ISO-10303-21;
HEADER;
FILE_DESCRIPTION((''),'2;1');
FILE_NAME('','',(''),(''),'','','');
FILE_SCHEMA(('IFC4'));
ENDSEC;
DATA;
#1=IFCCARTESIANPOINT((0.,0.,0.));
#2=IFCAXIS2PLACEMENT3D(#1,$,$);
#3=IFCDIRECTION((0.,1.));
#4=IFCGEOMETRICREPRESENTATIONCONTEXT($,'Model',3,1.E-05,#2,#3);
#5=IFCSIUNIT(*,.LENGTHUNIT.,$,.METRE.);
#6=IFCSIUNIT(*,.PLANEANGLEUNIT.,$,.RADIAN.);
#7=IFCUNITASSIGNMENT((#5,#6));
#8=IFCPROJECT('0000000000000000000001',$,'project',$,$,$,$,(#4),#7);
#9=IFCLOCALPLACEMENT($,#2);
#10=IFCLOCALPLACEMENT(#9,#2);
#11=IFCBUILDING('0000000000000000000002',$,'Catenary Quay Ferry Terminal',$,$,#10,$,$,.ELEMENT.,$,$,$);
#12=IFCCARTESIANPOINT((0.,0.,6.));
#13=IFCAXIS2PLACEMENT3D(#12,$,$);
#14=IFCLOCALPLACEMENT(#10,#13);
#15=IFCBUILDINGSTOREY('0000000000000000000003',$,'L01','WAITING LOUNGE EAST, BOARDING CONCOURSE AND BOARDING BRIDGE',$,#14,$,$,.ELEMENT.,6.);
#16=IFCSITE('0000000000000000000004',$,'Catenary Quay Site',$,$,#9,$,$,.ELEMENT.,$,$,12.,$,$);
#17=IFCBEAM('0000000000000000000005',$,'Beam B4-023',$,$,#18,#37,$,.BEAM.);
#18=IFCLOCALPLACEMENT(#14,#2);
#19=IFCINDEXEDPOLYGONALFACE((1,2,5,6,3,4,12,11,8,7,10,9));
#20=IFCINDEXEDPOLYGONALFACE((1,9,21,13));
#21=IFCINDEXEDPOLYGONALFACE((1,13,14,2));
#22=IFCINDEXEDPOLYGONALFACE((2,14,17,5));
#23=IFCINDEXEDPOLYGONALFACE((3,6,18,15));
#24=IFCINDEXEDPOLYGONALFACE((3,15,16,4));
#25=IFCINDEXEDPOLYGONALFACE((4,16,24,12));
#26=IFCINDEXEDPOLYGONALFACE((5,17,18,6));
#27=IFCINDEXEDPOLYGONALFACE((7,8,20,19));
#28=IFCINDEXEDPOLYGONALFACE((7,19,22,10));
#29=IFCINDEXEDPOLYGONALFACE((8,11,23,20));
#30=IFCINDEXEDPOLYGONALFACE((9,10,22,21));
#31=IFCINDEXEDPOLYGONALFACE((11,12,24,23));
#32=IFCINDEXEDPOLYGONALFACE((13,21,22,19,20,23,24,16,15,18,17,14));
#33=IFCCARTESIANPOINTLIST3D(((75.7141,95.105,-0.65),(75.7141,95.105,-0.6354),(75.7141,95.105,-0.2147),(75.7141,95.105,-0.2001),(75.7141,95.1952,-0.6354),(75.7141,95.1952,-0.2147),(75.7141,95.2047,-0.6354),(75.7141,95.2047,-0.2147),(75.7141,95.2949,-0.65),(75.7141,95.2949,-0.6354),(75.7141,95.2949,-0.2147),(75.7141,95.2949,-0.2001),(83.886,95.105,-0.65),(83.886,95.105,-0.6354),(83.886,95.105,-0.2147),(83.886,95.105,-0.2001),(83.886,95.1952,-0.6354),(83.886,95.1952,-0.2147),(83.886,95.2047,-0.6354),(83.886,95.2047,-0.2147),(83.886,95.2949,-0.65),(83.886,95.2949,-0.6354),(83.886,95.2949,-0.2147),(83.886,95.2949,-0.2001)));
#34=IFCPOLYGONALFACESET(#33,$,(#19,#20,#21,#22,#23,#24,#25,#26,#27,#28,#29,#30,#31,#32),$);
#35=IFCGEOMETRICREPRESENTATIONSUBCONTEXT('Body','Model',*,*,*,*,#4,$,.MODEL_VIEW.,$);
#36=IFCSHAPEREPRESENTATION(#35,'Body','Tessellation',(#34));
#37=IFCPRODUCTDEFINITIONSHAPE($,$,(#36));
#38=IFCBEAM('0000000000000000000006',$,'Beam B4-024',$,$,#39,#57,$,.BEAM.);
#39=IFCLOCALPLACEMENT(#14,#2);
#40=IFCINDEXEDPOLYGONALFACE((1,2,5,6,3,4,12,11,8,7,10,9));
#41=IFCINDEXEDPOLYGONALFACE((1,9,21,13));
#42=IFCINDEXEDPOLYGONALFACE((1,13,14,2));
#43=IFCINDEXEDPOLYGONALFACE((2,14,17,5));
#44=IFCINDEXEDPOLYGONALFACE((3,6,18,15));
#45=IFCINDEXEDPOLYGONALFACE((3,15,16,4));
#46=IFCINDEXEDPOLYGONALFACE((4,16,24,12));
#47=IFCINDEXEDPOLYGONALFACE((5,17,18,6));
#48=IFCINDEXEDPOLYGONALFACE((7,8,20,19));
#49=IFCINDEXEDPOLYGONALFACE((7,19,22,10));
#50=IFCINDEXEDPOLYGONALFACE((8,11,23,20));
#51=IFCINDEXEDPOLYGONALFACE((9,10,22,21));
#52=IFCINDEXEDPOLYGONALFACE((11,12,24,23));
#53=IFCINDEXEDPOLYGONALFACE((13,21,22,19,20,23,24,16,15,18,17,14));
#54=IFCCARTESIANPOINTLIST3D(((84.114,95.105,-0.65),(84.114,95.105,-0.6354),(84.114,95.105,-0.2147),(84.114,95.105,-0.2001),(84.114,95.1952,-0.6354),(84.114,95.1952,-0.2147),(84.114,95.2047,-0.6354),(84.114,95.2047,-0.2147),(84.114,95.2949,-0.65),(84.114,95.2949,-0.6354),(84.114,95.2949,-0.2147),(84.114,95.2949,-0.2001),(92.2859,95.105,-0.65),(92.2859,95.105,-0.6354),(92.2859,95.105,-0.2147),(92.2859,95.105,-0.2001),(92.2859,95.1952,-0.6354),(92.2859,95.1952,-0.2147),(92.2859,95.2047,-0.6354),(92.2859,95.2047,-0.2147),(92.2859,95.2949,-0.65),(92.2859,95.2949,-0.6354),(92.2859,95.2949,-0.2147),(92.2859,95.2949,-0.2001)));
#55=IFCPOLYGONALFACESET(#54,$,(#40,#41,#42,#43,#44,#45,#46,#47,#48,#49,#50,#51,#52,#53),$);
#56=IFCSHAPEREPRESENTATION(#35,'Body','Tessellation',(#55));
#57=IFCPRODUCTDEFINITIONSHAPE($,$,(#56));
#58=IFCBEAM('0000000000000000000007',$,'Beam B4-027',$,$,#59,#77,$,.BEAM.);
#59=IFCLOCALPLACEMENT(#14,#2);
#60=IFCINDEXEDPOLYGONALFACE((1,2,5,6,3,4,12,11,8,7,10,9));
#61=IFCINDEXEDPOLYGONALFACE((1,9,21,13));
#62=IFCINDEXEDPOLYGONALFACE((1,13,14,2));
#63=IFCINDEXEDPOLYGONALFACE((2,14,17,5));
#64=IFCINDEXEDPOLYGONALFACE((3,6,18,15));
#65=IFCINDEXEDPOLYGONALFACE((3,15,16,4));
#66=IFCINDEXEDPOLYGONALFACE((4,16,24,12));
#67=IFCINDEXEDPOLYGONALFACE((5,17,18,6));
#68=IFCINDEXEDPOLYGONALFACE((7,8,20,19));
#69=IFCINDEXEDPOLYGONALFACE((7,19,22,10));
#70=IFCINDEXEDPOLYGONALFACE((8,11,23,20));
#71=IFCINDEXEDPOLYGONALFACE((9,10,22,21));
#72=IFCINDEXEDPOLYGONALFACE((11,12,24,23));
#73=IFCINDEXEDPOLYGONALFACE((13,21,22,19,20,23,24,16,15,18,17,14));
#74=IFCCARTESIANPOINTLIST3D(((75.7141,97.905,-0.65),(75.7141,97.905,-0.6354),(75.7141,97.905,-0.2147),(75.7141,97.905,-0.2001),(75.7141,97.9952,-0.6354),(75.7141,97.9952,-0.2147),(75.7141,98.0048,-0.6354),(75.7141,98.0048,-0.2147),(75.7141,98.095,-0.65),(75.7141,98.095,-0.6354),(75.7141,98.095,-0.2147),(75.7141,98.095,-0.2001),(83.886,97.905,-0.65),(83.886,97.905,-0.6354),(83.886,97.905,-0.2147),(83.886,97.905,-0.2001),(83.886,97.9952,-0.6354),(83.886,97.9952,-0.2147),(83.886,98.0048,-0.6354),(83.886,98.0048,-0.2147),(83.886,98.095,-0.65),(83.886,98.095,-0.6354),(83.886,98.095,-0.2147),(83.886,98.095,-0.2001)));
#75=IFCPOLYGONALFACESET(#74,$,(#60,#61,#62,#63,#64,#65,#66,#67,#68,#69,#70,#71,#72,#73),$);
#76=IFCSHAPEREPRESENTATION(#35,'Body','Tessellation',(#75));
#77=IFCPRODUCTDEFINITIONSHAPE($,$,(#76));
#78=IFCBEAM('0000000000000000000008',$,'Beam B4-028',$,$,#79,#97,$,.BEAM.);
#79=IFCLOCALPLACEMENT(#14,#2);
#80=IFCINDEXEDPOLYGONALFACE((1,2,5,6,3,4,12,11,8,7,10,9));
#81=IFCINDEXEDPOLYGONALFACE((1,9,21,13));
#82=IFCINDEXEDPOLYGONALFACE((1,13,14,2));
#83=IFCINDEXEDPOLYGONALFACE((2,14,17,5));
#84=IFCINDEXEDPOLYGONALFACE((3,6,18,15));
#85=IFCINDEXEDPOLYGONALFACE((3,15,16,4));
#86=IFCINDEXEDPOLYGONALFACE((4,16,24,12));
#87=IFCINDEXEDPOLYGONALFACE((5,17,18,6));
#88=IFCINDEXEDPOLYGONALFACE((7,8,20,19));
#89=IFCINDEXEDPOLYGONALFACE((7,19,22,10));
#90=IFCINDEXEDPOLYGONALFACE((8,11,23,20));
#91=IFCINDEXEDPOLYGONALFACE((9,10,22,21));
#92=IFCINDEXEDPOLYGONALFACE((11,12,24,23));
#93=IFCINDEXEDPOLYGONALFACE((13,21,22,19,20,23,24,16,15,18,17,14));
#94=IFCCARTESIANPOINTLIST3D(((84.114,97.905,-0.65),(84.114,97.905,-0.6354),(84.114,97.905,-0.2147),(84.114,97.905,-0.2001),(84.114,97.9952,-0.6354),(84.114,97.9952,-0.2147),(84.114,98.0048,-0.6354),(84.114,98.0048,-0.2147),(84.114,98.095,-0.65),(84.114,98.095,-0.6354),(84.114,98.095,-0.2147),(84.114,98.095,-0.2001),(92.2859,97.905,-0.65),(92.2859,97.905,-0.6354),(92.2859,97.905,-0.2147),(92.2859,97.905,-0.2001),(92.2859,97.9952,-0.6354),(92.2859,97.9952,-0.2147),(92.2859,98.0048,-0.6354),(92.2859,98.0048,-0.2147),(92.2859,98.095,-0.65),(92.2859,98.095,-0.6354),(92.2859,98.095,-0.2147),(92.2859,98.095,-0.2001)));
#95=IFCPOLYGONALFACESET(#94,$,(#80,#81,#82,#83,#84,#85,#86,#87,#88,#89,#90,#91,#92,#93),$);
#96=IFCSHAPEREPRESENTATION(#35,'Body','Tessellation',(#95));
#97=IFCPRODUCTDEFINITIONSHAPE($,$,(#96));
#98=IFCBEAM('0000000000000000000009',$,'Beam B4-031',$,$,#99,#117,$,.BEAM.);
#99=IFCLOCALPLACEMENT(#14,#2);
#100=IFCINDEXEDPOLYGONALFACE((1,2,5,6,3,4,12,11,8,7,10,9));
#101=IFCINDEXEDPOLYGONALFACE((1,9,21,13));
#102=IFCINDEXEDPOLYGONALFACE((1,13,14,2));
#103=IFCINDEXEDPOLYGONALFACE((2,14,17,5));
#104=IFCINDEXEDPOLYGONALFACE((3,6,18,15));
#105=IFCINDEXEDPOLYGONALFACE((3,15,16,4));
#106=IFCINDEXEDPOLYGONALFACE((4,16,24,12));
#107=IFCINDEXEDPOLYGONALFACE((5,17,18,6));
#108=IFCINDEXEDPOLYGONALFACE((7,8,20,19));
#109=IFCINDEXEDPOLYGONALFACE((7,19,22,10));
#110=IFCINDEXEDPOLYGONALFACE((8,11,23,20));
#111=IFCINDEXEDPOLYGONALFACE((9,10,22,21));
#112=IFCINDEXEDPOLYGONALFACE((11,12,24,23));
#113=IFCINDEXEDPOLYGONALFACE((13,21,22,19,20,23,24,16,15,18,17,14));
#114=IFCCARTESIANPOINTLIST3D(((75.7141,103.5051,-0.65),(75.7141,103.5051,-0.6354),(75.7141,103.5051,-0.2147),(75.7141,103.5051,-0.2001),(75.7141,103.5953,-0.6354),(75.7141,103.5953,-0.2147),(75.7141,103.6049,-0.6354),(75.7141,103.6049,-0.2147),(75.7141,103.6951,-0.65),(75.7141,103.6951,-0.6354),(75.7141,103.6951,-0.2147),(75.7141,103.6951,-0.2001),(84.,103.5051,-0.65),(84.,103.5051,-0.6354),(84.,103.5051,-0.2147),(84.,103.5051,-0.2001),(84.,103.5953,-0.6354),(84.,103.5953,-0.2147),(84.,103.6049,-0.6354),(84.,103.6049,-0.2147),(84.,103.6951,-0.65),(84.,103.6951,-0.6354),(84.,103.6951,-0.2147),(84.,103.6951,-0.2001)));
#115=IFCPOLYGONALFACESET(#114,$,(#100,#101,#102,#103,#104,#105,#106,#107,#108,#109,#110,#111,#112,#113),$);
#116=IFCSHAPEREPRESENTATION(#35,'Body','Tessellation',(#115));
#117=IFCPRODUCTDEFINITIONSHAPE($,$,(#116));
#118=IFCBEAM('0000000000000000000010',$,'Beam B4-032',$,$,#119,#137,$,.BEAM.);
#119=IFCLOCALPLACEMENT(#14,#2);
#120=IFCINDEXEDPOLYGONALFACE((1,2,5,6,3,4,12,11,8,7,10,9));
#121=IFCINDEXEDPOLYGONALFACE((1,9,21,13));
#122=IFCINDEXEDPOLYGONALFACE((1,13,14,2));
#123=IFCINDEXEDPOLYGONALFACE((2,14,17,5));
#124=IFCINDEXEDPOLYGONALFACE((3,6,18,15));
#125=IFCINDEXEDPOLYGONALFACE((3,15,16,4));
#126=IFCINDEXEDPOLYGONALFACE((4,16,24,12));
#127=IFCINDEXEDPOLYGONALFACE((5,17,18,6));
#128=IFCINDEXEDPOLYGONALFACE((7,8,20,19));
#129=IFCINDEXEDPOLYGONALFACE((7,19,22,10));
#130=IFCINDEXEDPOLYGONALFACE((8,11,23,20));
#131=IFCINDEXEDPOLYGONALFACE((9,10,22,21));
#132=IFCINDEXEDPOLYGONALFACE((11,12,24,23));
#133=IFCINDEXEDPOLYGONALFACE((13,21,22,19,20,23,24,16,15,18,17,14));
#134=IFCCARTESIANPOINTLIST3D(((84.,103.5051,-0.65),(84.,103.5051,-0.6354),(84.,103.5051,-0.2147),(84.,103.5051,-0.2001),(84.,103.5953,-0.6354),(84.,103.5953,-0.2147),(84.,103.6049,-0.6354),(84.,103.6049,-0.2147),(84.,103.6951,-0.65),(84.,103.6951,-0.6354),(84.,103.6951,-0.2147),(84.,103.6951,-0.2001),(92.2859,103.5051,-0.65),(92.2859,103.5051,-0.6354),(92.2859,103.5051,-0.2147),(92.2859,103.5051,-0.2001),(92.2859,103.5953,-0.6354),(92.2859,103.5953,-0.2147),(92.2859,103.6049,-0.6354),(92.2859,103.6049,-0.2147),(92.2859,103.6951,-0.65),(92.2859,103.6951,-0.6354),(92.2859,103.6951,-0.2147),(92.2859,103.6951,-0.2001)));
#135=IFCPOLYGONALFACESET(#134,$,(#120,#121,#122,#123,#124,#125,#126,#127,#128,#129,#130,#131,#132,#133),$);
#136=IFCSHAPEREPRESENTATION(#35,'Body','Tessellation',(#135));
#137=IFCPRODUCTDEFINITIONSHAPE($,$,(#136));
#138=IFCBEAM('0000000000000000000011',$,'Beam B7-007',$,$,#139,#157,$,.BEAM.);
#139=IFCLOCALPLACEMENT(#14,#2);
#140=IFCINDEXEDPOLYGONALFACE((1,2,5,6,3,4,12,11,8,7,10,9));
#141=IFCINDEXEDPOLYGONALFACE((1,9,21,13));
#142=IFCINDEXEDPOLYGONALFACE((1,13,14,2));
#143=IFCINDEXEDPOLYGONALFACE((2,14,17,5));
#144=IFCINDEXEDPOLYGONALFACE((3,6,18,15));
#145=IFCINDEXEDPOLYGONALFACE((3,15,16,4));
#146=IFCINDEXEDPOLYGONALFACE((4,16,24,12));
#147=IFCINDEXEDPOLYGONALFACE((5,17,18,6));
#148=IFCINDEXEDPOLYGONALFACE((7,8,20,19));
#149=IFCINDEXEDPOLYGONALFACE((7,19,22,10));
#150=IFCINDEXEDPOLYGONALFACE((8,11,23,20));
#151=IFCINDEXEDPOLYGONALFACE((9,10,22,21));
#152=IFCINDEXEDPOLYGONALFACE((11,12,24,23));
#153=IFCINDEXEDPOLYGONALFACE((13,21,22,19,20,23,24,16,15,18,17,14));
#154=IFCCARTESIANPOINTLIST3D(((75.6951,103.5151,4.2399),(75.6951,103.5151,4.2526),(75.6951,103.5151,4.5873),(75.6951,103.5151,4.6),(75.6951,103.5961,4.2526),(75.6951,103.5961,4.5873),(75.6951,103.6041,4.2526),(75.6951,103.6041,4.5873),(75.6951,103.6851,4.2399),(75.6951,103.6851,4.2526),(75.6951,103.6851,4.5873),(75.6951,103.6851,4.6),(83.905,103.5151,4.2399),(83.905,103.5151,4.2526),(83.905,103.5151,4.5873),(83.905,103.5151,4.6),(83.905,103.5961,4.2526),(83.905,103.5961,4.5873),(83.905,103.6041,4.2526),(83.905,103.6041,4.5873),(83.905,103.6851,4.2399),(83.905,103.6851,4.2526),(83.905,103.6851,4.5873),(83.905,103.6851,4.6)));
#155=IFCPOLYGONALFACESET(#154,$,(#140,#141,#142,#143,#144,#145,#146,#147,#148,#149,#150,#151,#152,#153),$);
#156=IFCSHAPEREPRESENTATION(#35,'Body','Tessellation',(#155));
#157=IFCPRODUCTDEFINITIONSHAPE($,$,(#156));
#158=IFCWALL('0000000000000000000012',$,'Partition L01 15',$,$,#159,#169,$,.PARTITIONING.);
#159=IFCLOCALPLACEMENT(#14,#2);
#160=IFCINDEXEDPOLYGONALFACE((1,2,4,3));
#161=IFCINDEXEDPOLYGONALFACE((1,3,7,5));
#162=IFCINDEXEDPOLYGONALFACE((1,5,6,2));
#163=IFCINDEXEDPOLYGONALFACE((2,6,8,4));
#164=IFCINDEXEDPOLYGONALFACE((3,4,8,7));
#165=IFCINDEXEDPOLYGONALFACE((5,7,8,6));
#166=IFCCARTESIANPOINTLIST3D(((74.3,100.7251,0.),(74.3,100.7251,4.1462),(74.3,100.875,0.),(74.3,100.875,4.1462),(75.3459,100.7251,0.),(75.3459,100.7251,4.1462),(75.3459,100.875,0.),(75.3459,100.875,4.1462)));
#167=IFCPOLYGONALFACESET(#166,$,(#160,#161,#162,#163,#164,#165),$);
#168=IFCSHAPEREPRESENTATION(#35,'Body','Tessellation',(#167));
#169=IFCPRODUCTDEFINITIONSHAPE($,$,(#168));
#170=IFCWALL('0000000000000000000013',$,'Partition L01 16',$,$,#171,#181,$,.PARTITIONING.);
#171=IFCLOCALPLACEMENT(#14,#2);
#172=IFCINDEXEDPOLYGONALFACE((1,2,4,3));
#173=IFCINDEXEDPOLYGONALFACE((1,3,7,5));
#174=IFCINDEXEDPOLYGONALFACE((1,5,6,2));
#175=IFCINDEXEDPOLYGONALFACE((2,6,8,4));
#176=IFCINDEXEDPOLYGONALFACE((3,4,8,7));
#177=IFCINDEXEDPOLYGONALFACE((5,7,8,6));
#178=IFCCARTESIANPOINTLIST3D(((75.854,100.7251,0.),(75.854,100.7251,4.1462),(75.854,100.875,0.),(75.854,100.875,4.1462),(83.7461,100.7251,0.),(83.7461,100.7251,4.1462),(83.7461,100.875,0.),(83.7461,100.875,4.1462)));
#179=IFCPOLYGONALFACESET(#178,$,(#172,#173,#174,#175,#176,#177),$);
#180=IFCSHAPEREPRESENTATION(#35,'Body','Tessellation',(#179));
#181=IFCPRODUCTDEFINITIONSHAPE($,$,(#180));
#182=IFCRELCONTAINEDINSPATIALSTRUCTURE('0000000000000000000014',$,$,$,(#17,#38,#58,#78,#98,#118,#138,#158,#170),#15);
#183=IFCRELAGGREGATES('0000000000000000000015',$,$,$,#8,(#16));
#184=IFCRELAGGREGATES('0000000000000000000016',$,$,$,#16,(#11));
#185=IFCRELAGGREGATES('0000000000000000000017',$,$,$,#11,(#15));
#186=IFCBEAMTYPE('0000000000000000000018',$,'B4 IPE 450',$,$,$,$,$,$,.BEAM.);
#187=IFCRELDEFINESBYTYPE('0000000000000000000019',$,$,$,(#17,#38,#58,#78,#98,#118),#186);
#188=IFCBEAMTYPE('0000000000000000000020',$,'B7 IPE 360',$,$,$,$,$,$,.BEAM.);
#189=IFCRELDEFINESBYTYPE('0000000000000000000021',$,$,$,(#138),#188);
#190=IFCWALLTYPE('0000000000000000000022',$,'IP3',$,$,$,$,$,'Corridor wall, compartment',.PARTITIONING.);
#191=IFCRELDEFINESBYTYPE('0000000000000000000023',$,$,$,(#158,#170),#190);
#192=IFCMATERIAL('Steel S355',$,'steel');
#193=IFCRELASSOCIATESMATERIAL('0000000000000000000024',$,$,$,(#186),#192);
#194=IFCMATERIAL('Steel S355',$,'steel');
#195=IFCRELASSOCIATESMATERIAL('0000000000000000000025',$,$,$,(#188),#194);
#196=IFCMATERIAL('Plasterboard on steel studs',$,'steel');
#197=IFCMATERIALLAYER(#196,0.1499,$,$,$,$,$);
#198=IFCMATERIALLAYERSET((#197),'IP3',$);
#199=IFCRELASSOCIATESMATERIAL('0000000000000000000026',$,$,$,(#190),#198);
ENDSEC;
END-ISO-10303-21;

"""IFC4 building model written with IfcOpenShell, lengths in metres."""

from ifc_helpers import new_model, si_unit, direction, frame, frame_2d, origin, origin_2d, place, context, subcontext, project, spatial, rectangle, i_section, extrude, material, layer, layer_set, material_profile, profile_set, type_object, element, save


model = new_model("IFC4")

# Units and contexts
model_context = context("Model", 3, precision=1e-05, world=origin(), true_north=direction((0.0, 1.0)))
body_context = subcontext(model_context, "Body", "Model", "MODEL_VIEW")
ifc_project = project(units=[si_unit("LENGTHUNIT", "METRE"), si_unit("PLANEANGLEUNIT", "RADIAN")], contexts=[model_context])

# Site, building, storey
site_placement = place(None, origin())
site = spatial("IfcSite", under=ifc_project, at=site_placement, Name="Catenary Quay Site", CompositionType="ELEMENT", RefElevation=12.0)
building_placement = place(site_placement, origin())
building = spatial("IfcBuilding", under=site, at=building_placement, Name="Catenary Quay Ferry Terminal", CompositionType="ELEMENT")
storey_placement = place(building_placement, frame((0.0, 0.0, 6.0)))
storey = spatial("IfcBuildingStorey", under=building, at=storey_placement, Name="L01", Description="WAITING LOUNGE EAST, BOARDING CONCOURSE AND BOARDING BRIDGE", CompositionType="ELEMENT", Elevation=6.0)

# Beams
ifc_material_1 = material(Name="Steel S355", Category="steel")
ifc_material_profile_1 = material_profile(ifc_material_1, i_section(OverallWidth=0.1899, OverallDepth=0.45, WebThickness=0.0095, FlangeThickness=0.0146, at=origin_2d()), Name="IPE 450")
ifc_profile_set_1 = profile_set([ifc_material_profile_1], Name="Steel S355")
beam_type_1 = type_object("IfcBeamType", Name="B4 IPE 450", PredefinedType="BEAM", material=ifc_profile_set_1)
for number, where, z_axis, x_axis, name in (
    (1, (75.7141, 95.2, -0.425), (1.0, 0.0, 0.0), (0.0, 1.0, 0.0), "Beam B4-023"),
    (2, (84.114, 95.2, -0.425), (1.0, 0.0, 0.0), (0.0, 1.0, 0.0), "Beam B4-024"),
    (3, (75.7141, 98.0, -0.425), (1.0, 0.0, 0.0), (0.0, 1.0, 0.0), "Beam B4-027"),
    (4, (84.114, 98.0, -0.425), (1.0, 0.0, 0.0), (0.0, 1.0, 0.0), "Beam B4-028"),
):
    element("IfcBeam", number, at=place(storey_placement, frame(where, z_axis=z_axis, x_axis=x_axis)), inside=storey, type_object=beam_type_1, Name=name, PredefinedType="BEAM", context=body_context, shape_type="SweptSolid", body=[
        extrude(i_section(OverallWidth=0.1899, OverallDepth=0.45, WebThickness=0.0095, FlangeThickness=0.0146, at=origin_2d()), origin(), (0.0, 0.0, 1.0), 8.1719),
    ])
for number, where, z_axis, x_axis, name in (
    (5, (75.7141, 103.6001, -0.425), (1.0, 0.0, 0.0), (0.0, 1.0, 0.0), "Beam B4-031"),
    (6, (84.0, 103.6001, -0.425), (1.0, 0.0, 0.0), (0.0, 1.0, 0.0), "Beam B4-032"),
):
    element("IfcBeam", number, at=place(storey_placement, frame(where, z_axis=z_axis, x_axis=x_axis)), inside=storey, type_object=beam_type_1, Name=name, PredefinedType="BEAM", context=body_context, shape_type="SweptSolid", body=[
        extrude(i_section(OverallWidth=0.1899, OverallDepth=0.45, WebThickness=0.0095, FlangeThickness=0.0146, at=origin_2d()), origin(), (0.0, 0.0, 1.0), 8.2859),
    ])
ifc_material_2 = material(Name="Steel S355", Category="steel")
ifc_material_profile_2 = material_profile(ifc_material_2, i_section(OverallWidth=0.1699, OverallDepth=0.3601, WebThickness=0.0081, FlangeThickness=0.0127, at=origin_2d()), Name="IPE 360")
ifc_profile_set_2 = profile_set([ifc_material_profile_2], Name="Steel S355")
beam_type_2 = type_object("IfcBeamType", Name="B7 IPE 360", PredefinedType="BEAM", material=ifc_profile_set_2)
beam_1_placement = place(storey_placement, frame((75.6951, 103.6001, 4.4199), z_axis=(1.0, 0.0, 0.0), x_axis=(0.0, 1.0, 0.0)))
element("IfcBeam", 7, at=beam_1_placement, inside=storey, type_object=beam_type_2, Name="Beam B7-007", PredefinedType="BEAM", context=body_context, shape_type="SweptSolid", body=[
    extrude(i_section(OverallWidth=0.1699, OverallDepth=0.3601, WebThickness=0.0081, FlangeThickness=0.0127, at=origin_2d()), origin(), (0.0, 0.0, 1.0), 8.21),
])

# Walls
ifc_material_3 = material(Name="Plasterboard on steel studs", Category="steel")
ifc_layer_1 = layer(ifc_material_3, 0.1499)
ifc_layer_set_1 = layer_set([ifc_layer_1], Name="IP3")
wall_type_1 = type_object("IfcWallType", Name="IP3", ElementType="Corridor wall, compartment", PredefinedType="PARTITIONING", material=ifc_layer_set_1)
wall_1_placement = place(storey_placement, frame((74.3, 100.8, 0.0), z_axis=(0.0, 0.0, 1.0), x_axis=(1.0, 0.0, 0.0)))
element("IfcWall", 8, at=wall_1_placement, inside=storey, type_object=wall_type_1, Name="Partition L01 15", PredefinedType="PARTITIONING", context=body_context, shape_type="SweptSolid", body=[
    extrude(rectangle(XDim=1.0459, YDim=0.1499, at=frame_2d((0.5229, 0.0))), origin(), (0.0, 0.0, 1.0), 4.1462),
])
wall_2_placement = place(storey_placement, frame((75.854, 100.8, 0.0), z_axis=(0.0, 0.0, 1.0), x_axis=(1.0, 0.0, 0.0)))
element("IfcWall", 9, at=wall_2_placement, inside=storey, type_object=wall_type_1, Name="Partition L01 16", PredefinedType="PARTITIONING", context=body_context, shape_type="SweptSolid", body=[
    extrude(rectangle(XDim=7.8921, YDim=0.1499, at=frame_2d((3.946, 0.0))), origin(), (0.0, 0.0, 1.0), 4.1462),
])

save(model, "model.ifc")
